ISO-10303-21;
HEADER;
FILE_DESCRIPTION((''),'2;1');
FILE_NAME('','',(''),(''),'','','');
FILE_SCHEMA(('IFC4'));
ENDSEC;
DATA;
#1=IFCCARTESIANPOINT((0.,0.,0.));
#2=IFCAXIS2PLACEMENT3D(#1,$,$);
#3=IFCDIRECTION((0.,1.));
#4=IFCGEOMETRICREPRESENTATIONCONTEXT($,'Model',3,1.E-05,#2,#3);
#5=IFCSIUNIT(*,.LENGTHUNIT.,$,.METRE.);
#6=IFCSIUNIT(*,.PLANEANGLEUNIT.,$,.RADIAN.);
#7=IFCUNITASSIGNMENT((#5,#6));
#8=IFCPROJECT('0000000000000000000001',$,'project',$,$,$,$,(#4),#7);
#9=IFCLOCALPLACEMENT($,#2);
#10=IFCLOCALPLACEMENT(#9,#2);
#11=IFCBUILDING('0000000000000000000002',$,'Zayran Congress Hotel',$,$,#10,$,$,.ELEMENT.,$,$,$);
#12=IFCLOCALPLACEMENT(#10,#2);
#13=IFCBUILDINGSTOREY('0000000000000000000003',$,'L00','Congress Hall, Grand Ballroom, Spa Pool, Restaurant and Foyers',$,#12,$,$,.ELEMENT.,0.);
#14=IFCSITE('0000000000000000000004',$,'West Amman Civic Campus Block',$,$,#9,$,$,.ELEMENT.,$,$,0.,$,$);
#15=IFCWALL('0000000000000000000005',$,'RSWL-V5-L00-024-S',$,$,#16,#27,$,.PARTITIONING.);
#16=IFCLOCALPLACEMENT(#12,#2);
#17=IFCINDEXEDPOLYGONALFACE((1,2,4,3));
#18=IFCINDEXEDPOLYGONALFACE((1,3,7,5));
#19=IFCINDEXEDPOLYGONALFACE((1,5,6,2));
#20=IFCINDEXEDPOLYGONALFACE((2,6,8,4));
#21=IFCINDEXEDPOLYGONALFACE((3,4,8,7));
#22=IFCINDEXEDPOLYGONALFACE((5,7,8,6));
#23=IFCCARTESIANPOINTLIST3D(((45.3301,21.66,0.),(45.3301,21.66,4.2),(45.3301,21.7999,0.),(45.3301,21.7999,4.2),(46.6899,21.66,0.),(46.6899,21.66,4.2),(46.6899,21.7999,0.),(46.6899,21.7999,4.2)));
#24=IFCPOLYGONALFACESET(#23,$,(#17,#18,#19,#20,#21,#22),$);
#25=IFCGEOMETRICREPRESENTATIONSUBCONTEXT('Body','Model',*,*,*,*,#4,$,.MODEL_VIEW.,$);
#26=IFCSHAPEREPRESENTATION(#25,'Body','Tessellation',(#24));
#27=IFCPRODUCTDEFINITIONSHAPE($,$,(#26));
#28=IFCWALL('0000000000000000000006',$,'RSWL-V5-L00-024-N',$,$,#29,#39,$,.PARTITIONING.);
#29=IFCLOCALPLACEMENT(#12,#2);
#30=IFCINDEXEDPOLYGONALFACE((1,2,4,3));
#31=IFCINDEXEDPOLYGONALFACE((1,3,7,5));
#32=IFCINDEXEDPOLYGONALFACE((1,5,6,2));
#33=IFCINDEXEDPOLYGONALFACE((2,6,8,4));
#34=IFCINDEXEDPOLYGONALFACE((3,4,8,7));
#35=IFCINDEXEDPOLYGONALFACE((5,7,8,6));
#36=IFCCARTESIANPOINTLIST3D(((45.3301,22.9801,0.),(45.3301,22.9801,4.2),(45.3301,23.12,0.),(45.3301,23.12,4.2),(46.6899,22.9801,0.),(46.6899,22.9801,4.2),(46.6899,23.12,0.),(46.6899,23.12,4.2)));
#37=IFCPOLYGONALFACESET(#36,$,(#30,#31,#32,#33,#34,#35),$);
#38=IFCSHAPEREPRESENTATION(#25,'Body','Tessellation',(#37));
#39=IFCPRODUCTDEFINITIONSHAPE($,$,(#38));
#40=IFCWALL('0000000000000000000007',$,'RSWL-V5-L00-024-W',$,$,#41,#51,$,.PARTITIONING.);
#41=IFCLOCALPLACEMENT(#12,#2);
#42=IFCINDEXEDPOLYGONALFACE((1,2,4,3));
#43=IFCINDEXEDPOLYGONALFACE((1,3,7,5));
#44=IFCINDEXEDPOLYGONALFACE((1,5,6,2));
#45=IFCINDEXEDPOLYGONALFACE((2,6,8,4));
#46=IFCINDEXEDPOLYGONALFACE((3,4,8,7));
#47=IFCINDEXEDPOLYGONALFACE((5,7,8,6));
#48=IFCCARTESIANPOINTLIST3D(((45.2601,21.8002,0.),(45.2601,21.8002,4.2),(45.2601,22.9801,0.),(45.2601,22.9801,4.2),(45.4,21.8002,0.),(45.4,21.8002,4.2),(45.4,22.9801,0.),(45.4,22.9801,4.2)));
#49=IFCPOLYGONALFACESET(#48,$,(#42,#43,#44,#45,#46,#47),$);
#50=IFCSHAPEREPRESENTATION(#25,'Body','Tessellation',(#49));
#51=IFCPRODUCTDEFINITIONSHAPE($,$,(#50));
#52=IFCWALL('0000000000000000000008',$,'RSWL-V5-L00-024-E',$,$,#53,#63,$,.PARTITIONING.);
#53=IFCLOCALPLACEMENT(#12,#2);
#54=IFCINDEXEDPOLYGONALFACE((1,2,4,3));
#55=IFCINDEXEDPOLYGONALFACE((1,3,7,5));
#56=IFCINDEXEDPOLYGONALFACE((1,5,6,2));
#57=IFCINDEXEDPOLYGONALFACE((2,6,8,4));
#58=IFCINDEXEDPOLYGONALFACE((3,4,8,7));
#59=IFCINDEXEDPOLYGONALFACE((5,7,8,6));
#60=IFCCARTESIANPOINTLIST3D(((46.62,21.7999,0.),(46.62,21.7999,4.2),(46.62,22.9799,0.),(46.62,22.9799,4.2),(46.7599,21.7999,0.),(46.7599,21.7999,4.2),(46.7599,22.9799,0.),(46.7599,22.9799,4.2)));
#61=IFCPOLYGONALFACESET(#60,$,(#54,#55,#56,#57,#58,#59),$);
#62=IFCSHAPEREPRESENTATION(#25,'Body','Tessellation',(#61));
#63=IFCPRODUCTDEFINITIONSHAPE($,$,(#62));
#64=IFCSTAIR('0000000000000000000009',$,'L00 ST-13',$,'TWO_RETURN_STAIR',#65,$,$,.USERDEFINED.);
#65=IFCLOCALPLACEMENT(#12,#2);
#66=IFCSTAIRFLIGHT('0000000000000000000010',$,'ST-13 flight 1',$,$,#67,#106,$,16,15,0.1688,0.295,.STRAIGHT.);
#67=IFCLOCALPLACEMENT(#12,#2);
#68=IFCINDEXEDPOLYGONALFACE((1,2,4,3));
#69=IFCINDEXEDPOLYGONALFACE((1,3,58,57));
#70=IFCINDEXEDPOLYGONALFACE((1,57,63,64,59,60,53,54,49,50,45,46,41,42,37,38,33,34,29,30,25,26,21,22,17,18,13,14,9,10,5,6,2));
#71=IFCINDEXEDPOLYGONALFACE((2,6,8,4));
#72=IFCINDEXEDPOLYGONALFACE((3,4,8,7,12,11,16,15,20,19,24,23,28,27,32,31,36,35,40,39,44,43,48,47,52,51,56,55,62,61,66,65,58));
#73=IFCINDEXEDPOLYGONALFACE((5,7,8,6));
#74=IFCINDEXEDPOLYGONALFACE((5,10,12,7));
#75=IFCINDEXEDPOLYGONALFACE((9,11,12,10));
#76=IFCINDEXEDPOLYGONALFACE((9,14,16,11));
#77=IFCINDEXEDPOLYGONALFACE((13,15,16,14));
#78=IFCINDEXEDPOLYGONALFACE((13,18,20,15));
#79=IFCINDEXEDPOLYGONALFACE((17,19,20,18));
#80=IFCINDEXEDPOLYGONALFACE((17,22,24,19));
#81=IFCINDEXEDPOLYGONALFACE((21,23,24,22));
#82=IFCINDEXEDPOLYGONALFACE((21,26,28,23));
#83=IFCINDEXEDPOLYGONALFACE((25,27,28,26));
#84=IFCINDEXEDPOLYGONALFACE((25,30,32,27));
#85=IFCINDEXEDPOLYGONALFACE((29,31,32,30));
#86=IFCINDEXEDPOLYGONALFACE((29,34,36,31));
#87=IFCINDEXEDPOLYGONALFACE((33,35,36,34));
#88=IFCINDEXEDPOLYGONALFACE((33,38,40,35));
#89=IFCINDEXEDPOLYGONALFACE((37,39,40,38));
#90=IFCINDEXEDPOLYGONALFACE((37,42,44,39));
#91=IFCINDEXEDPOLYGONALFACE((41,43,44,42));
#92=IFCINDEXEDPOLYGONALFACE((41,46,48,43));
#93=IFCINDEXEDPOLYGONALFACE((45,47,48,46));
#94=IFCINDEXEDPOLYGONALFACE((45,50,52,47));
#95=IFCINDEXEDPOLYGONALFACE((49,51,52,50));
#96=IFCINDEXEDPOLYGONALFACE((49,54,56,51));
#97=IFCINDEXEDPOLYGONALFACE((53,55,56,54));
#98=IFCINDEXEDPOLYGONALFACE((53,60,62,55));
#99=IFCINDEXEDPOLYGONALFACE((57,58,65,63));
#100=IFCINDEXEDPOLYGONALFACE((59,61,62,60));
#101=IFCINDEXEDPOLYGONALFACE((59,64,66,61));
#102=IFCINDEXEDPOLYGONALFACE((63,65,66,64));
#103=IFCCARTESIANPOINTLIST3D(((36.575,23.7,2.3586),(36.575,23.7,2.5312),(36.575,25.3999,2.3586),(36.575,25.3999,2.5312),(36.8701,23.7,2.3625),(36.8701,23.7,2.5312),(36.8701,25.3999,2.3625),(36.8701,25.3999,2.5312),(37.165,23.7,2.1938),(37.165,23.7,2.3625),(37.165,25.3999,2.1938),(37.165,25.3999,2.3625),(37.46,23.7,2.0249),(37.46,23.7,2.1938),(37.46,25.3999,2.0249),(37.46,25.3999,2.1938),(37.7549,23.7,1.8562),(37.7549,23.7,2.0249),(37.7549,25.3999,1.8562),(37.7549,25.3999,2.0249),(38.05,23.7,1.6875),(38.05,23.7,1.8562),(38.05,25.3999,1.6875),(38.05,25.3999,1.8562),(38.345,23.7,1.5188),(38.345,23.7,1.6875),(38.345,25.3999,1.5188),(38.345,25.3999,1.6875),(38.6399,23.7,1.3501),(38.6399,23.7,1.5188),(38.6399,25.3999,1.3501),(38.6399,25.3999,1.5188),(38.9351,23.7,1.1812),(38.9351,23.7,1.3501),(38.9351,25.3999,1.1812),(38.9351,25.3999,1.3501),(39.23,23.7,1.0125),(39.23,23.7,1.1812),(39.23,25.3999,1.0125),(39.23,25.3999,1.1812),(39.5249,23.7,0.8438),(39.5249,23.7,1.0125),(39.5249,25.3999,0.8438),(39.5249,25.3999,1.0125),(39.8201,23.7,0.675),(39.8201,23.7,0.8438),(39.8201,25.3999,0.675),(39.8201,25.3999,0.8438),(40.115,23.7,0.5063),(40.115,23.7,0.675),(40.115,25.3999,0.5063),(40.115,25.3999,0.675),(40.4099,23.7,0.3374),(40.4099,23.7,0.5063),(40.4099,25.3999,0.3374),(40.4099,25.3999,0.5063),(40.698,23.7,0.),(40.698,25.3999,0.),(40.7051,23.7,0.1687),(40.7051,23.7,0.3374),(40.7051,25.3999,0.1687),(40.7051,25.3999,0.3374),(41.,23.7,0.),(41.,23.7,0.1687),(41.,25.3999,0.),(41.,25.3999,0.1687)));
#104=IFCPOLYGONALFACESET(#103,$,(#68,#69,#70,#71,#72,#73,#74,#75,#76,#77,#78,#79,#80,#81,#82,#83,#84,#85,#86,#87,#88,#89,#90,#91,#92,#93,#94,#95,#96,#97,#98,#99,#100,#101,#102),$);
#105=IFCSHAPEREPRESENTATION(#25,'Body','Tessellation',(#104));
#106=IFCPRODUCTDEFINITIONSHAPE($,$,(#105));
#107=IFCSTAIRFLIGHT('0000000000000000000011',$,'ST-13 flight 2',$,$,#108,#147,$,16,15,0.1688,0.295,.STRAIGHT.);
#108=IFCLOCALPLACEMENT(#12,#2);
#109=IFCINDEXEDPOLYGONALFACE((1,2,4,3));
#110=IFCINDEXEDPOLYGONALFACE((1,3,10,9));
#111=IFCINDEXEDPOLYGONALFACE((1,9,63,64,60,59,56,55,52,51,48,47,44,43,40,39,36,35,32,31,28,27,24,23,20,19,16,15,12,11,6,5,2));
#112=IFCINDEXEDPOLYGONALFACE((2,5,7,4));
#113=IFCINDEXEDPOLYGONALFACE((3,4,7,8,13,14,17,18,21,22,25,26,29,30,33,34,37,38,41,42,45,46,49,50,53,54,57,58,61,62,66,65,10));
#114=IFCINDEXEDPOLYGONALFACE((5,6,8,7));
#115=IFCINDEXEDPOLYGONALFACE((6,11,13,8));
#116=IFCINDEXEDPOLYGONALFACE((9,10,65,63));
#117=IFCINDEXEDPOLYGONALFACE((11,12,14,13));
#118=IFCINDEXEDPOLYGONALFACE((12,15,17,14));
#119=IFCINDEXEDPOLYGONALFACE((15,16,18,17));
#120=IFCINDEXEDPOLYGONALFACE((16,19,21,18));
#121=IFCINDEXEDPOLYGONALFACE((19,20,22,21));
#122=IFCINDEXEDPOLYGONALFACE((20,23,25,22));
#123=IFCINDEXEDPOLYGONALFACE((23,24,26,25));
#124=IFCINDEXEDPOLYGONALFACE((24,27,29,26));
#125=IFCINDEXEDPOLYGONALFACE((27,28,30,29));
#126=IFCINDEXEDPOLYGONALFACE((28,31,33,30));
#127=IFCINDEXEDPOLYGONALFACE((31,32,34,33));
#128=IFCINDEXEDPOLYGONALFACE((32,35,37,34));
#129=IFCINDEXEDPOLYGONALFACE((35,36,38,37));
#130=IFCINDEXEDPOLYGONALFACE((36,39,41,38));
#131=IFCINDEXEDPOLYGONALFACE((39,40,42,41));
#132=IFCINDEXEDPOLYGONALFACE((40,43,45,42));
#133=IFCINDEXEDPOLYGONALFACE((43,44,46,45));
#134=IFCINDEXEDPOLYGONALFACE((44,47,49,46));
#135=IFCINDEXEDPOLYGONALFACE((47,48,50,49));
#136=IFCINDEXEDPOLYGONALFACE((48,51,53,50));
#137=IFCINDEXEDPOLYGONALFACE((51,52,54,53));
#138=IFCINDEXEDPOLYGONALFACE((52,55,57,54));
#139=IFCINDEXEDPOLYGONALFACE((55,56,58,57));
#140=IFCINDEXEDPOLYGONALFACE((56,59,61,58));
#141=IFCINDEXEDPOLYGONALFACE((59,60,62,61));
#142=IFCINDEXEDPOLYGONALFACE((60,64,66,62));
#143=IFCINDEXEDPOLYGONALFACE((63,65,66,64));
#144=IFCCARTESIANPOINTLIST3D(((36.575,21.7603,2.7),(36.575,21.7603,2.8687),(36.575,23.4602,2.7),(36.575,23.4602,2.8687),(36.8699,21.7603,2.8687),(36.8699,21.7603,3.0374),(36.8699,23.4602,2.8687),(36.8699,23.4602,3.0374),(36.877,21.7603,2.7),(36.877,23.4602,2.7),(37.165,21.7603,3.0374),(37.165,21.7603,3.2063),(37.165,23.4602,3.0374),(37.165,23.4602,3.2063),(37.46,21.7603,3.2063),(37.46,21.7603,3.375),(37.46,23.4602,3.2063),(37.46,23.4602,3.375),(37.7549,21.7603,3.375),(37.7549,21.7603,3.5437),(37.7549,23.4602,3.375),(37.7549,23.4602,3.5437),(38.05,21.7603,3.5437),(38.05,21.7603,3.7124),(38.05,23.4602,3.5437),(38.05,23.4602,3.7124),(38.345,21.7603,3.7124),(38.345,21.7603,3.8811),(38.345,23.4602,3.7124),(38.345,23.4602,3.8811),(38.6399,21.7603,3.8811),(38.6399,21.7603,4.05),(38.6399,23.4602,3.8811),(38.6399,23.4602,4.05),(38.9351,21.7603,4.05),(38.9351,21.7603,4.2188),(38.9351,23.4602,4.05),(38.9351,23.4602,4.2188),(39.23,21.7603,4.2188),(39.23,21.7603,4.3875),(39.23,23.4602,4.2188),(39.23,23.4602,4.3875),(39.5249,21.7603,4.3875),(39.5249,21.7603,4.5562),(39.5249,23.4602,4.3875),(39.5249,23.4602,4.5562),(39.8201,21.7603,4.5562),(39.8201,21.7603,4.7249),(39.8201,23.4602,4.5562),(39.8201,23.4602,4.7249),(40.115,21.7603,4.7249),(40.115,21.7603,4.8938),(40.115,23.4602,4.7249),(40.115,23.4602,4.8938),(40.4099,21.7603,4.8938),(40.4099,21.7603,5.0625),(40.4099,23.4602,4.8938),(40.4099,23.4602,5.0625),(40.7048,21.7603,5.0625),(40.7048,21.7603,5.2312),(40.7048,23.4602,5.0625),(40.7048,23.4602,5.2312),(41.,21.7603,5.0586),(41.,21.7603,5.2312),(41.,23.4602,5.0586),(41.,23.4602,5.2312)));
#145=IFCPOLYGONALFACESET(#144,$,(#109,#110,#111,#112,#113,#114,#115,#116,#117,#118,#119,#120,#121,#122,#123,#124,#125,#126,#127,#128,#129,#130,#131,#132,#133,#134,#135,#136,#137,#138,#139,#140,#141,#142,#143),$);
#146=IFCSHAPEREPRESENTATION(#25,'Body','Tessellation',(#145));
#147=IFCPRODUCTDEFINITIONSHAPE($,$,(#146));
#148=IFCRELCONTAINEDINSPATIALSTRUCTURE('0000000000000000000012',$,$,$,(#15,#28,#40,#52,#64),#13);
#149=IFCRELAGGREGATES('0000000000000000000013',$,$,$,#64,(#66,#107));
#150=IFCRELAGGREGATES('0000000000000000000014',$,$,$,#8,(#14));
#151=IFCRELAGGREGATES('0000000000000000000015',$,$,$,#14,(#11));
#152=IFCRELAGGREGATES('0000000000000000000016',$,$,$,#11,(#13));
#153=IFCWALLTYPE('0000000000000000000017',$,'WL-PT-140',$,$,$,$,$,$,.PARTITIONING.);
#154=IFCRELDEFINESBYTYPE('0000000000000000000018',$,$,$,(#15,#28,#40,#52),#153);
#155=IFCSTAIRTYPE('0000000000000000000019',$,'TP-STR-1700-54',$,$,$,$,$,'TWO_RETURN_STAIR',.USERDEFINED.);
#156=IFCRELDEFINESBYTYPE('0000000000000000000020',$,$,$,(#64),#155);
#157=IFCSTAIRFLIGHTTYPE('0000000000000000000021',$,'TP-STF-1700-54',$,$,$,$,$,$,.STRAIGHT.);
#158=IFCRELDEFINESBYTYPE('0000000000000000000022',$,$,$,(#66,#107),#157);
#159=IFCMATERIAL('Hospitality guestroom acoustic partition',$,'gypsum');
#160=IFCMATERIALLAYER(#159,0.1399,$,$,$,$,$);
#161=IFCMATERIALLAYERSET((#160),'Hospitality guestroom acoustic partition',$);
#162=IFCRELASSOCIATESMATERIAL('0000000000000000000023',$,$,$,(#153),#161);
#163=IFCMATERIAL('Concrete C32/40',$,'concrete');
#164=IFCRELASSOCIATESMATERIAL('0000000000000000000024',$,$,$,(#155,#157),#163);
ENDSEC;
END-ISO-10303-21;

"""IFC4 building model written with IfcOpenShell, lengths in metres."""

from ifc_helpers import new_model, si_unit, direction, frame, frame_2d, origin, place, context, subcontext, project, spatial, polyline, rectangle, outline, extrude, material, layer, layer_set, type_object, element, aggregate, save


model = new_model("IFC4")

# Units and contexts
model_context = context("Model", 3, precision=1e-05, world=origin(), true_north=direction((0.0, 1.0)))
body_context = subcontext(model_context, "Body", "Model", "MODEL_VIEW")
ifc_project = project(units=[si_unit("LENGTHUNIT", "METRE"), si_unit("PLANEANGLEUNIT", "RADIAN")], contexts=[model_context])

# Site, building, storey
site_placement = place(None, origin())
site = spatial("IfcSite", under=ifc_project, at=site_placement, Name="West Amman Civic Campus Block", CompositionType="ELEMENT", RefElevation=0.0)
building_placement = place(site_placement, origin())
building = spatial("IfcBuilding", under=site, at=building_placement, Name="Zayran Congress Hotel", CompositionType="ELEMENT")
storey_placement = place(building_placement, origin())
storey = spatial("IfcBuildingStorey", under=building, at=storey_placement, Name="L00", Description="Congress Hall, Grand Ballroom, Spa Pool, Restaurant and Foyers", CompositionType="ELEMENT", Elevation=0.0)

# Walls
ifc_material_1 = material(Name="Hospitality guestroom acoustic partition", Category="gypsum")
ifc_layer_1 = layer(ifc_material_1, 0.1399)
ifc_layer_set_1 = layer_set([ifc_layer_1], Name="Hospitality guestroom acoustic partition")
wall_type_1 = type_object("IfcWallType", Name="WL-PT-140", PredefinedType="PARTITIONING", material=ifc_layer_set_1)
for number, where, z_axis, x_axis, name in (
    (1, (45.3301, 21.73, 0.0), (0.0, 0.0, 1.0), (1.0, 0.0, 0.0), "RSWL-V5-L00-024-S"),
    (2, (46.6899, 23.05, 0.0), (0.0, 0.0, 1.0), (-1.0, 0.0, 0.0), "RSWL-V5-L00-024-N"),
):
    element("IfcWall", number, at=place(storey_placement, frame(where, z_axis=z_axis, x_axis=x_axis)), inside=storey, type_object=wall_type_1, Name=name, PredefinedType="PARTITIONING", context=body_context, shape_type="SweptSolid", body=[
        extrude(rectangle(XDim=1.3599, YDim=0.1399, at=frame_2d((0.6799, 0.0))), origin(), (0.0, 0.0, 1.0), 4.2),
    ])
for number, where, z_axis, x_axis, name in (
    (3, (45.3301, 22.98, 0.0), (0.0, 0.0, 1.0), (0.0, -1.0, 0.0), "RSWL-V5-L00-024-W"),
    (4, (46.6899, 21.8, 0.0), (0.0, 0.0, 1.0), (0.0, 1.0, 0.0), "RSWL-V5-L00-024-E"),
):
    element("IfcWall", number, at=place(storey_placement, frame(where, z_axis=z_axis, x_axis=x_axis)), inside=storey, type_object=wall_type_1, Name=name, PredefinedType="PARTITIONING", context=body_context, shape_type="SweptSolid", body=[
        extrude(rectangle(XDim=1.1799, YDim=0.1399, at=frame_2d((0.5898, 0.0))), origin(), (0.0, 0.0, 1.0), 4.2),
    ])

# Stair, stair flights
ifc_material_2 = material(Name="Concrete C32/40", Category="concrete")
stair_type = type_object("IfcStairType", Name="TP-STR-1700-54", ElementType="TWO_RETURN_STAIR", PredefinedType="USERDEFINED", material=ifc_material_2)
stair_placement = place(storey_placement, origin())
stair = element("IfcStair", 5, at=stair_placement, inside=storey, type_object=stair_type, Name="L00 ST-13", ObjectType="TWO_RETURN_STAIR", PredefinedType="USERDEFINED")
stair_flight_type = type_object("IfcStairFlightType", Name="TP-STF-1700-54", PredefinedType="STRAIGHT", material=ifc_material_2)
stair_flight_1_placement = place(storey_placement, frame((41.0, 24.55, 0.0), z_axis=(0.0, 0.0, 1.0), x_axis=(-1.0, 0.0, 0.0)))
stair_flight_1 = element("IfcStairFlight", 6, at=stair_flight_1_placement, type_object=stair_flight_type, Name="ST-13 flight 1", NumberOfRisers=16, NumberOfTreads=15, PredefinedType="STRAIGHT", RiserHeight=0.1688, TreadLength=0.295, context=body_context, shape_type="SweptSolid", body=[
    extrude(outline(polyline([(0.0, 0.0), (0.0, 0.1687), (0.2949, 0.1687), (0.2949, 0.3374), (0.5901, 0.3374), (0.5901, 0.5063), (0.885, 0.5063), (0.885, 0.675), (1.1799, 0.675), (1.1799, 0.8438), (1.4751, 0.8438), (1.4751, 1.0125), (1.77, 1.0125), (1.77, 1.1812), (2.0649, 1.1812), (2.0649, 1.3501), (2.3601, 1.3501), (2.3601, 1.5188), (2.655, 1.5188), (2.655, 1.6875), (2.95, 1.6875), (2.95, 1.8562), (3.2451, 1.8562), (3.2451, 2.0249), (3.54, 2.0249), (3.54, 2.1938), (3.835, 2.1938), (3.835, 2.3625), (4.1299, 2.3625), (4.1299, 2.5312), (4.425, 2.5312), (4.425, 2.7), (4.425, 2.3586), (0.302, 0.0), (0.0, 0.0)])), frame((0.0, 0.8501, 0.0), z_axis=(0.0, -1.0, 0.0), x_axis=(1.0, 0.0, 0.0)), (0.0, 0.0, 1.0), 1.7),
])
stair_flight_2_placement = place(storey_placement, frame((36.575, 22.6101, 2.7), z_axis=(0.0, 0.0, 1.0), x_axis=(1.0, 0.0, 0.0)))
stair_flight_2 = element("IfcStairFlight", 7, at=stair_flight_2_placement, type_object=stair_flight_type, Name="ST-13 flight 2", NumberOfRisers=16, NumberOfTreads=15, PredefinedType="STRAIGHT", RiserHeight=0.1688, TreadLength=0.295, context=body_context, shape_type="SweptSolid", body=[
    extrude(outline(polyline([(0.0, 0.0), (0.0, 0.1687), (0.2949, 0.1687), (0.2949, 0.3374), (0.5901, 0.3374), (0.5901, 0.5063), (0.885, 0.5063), (0.885, 0.675), (1.1799, 0.675), (1.1799, 0.8438), (1.4751, 0.8438), (1.4751, 1.0125), (1.77, 1.0125), (1.77, 1.1812), (2.0649, 1.1812), (2.0649, 1.3501), (2.3601, 1.3501), (2.3601, 1.5188), (2.655, 1.5188), (2.655, 1.6875), (2.95, 1.6875), (2.95, 1.8562), (3.2451, 1.8562), (3.2451, 2.0249), (3.54, 2.0249), (3.54, 2.1938), (3.835, 2.1938), (3.835, 2.3625), (4.1299, 2.3625), (4.1299, 2.5312), (4.425, 2.5312), (4.425, 2.7), (4.425, 2.3586), (0.302, 0.0), (0.0, 0.0)])), frame((0.0, 0.8501, 0.0), z_axis=(0.0, -1.0, 0.0), x_axis=(1.0, 0.0, 0.0)), (0.0, 0.0, 1.0), 1.7),
])
aggregate(stair, [stair_flight_1, stair_flight_2])

save(model, "model.ifc")
